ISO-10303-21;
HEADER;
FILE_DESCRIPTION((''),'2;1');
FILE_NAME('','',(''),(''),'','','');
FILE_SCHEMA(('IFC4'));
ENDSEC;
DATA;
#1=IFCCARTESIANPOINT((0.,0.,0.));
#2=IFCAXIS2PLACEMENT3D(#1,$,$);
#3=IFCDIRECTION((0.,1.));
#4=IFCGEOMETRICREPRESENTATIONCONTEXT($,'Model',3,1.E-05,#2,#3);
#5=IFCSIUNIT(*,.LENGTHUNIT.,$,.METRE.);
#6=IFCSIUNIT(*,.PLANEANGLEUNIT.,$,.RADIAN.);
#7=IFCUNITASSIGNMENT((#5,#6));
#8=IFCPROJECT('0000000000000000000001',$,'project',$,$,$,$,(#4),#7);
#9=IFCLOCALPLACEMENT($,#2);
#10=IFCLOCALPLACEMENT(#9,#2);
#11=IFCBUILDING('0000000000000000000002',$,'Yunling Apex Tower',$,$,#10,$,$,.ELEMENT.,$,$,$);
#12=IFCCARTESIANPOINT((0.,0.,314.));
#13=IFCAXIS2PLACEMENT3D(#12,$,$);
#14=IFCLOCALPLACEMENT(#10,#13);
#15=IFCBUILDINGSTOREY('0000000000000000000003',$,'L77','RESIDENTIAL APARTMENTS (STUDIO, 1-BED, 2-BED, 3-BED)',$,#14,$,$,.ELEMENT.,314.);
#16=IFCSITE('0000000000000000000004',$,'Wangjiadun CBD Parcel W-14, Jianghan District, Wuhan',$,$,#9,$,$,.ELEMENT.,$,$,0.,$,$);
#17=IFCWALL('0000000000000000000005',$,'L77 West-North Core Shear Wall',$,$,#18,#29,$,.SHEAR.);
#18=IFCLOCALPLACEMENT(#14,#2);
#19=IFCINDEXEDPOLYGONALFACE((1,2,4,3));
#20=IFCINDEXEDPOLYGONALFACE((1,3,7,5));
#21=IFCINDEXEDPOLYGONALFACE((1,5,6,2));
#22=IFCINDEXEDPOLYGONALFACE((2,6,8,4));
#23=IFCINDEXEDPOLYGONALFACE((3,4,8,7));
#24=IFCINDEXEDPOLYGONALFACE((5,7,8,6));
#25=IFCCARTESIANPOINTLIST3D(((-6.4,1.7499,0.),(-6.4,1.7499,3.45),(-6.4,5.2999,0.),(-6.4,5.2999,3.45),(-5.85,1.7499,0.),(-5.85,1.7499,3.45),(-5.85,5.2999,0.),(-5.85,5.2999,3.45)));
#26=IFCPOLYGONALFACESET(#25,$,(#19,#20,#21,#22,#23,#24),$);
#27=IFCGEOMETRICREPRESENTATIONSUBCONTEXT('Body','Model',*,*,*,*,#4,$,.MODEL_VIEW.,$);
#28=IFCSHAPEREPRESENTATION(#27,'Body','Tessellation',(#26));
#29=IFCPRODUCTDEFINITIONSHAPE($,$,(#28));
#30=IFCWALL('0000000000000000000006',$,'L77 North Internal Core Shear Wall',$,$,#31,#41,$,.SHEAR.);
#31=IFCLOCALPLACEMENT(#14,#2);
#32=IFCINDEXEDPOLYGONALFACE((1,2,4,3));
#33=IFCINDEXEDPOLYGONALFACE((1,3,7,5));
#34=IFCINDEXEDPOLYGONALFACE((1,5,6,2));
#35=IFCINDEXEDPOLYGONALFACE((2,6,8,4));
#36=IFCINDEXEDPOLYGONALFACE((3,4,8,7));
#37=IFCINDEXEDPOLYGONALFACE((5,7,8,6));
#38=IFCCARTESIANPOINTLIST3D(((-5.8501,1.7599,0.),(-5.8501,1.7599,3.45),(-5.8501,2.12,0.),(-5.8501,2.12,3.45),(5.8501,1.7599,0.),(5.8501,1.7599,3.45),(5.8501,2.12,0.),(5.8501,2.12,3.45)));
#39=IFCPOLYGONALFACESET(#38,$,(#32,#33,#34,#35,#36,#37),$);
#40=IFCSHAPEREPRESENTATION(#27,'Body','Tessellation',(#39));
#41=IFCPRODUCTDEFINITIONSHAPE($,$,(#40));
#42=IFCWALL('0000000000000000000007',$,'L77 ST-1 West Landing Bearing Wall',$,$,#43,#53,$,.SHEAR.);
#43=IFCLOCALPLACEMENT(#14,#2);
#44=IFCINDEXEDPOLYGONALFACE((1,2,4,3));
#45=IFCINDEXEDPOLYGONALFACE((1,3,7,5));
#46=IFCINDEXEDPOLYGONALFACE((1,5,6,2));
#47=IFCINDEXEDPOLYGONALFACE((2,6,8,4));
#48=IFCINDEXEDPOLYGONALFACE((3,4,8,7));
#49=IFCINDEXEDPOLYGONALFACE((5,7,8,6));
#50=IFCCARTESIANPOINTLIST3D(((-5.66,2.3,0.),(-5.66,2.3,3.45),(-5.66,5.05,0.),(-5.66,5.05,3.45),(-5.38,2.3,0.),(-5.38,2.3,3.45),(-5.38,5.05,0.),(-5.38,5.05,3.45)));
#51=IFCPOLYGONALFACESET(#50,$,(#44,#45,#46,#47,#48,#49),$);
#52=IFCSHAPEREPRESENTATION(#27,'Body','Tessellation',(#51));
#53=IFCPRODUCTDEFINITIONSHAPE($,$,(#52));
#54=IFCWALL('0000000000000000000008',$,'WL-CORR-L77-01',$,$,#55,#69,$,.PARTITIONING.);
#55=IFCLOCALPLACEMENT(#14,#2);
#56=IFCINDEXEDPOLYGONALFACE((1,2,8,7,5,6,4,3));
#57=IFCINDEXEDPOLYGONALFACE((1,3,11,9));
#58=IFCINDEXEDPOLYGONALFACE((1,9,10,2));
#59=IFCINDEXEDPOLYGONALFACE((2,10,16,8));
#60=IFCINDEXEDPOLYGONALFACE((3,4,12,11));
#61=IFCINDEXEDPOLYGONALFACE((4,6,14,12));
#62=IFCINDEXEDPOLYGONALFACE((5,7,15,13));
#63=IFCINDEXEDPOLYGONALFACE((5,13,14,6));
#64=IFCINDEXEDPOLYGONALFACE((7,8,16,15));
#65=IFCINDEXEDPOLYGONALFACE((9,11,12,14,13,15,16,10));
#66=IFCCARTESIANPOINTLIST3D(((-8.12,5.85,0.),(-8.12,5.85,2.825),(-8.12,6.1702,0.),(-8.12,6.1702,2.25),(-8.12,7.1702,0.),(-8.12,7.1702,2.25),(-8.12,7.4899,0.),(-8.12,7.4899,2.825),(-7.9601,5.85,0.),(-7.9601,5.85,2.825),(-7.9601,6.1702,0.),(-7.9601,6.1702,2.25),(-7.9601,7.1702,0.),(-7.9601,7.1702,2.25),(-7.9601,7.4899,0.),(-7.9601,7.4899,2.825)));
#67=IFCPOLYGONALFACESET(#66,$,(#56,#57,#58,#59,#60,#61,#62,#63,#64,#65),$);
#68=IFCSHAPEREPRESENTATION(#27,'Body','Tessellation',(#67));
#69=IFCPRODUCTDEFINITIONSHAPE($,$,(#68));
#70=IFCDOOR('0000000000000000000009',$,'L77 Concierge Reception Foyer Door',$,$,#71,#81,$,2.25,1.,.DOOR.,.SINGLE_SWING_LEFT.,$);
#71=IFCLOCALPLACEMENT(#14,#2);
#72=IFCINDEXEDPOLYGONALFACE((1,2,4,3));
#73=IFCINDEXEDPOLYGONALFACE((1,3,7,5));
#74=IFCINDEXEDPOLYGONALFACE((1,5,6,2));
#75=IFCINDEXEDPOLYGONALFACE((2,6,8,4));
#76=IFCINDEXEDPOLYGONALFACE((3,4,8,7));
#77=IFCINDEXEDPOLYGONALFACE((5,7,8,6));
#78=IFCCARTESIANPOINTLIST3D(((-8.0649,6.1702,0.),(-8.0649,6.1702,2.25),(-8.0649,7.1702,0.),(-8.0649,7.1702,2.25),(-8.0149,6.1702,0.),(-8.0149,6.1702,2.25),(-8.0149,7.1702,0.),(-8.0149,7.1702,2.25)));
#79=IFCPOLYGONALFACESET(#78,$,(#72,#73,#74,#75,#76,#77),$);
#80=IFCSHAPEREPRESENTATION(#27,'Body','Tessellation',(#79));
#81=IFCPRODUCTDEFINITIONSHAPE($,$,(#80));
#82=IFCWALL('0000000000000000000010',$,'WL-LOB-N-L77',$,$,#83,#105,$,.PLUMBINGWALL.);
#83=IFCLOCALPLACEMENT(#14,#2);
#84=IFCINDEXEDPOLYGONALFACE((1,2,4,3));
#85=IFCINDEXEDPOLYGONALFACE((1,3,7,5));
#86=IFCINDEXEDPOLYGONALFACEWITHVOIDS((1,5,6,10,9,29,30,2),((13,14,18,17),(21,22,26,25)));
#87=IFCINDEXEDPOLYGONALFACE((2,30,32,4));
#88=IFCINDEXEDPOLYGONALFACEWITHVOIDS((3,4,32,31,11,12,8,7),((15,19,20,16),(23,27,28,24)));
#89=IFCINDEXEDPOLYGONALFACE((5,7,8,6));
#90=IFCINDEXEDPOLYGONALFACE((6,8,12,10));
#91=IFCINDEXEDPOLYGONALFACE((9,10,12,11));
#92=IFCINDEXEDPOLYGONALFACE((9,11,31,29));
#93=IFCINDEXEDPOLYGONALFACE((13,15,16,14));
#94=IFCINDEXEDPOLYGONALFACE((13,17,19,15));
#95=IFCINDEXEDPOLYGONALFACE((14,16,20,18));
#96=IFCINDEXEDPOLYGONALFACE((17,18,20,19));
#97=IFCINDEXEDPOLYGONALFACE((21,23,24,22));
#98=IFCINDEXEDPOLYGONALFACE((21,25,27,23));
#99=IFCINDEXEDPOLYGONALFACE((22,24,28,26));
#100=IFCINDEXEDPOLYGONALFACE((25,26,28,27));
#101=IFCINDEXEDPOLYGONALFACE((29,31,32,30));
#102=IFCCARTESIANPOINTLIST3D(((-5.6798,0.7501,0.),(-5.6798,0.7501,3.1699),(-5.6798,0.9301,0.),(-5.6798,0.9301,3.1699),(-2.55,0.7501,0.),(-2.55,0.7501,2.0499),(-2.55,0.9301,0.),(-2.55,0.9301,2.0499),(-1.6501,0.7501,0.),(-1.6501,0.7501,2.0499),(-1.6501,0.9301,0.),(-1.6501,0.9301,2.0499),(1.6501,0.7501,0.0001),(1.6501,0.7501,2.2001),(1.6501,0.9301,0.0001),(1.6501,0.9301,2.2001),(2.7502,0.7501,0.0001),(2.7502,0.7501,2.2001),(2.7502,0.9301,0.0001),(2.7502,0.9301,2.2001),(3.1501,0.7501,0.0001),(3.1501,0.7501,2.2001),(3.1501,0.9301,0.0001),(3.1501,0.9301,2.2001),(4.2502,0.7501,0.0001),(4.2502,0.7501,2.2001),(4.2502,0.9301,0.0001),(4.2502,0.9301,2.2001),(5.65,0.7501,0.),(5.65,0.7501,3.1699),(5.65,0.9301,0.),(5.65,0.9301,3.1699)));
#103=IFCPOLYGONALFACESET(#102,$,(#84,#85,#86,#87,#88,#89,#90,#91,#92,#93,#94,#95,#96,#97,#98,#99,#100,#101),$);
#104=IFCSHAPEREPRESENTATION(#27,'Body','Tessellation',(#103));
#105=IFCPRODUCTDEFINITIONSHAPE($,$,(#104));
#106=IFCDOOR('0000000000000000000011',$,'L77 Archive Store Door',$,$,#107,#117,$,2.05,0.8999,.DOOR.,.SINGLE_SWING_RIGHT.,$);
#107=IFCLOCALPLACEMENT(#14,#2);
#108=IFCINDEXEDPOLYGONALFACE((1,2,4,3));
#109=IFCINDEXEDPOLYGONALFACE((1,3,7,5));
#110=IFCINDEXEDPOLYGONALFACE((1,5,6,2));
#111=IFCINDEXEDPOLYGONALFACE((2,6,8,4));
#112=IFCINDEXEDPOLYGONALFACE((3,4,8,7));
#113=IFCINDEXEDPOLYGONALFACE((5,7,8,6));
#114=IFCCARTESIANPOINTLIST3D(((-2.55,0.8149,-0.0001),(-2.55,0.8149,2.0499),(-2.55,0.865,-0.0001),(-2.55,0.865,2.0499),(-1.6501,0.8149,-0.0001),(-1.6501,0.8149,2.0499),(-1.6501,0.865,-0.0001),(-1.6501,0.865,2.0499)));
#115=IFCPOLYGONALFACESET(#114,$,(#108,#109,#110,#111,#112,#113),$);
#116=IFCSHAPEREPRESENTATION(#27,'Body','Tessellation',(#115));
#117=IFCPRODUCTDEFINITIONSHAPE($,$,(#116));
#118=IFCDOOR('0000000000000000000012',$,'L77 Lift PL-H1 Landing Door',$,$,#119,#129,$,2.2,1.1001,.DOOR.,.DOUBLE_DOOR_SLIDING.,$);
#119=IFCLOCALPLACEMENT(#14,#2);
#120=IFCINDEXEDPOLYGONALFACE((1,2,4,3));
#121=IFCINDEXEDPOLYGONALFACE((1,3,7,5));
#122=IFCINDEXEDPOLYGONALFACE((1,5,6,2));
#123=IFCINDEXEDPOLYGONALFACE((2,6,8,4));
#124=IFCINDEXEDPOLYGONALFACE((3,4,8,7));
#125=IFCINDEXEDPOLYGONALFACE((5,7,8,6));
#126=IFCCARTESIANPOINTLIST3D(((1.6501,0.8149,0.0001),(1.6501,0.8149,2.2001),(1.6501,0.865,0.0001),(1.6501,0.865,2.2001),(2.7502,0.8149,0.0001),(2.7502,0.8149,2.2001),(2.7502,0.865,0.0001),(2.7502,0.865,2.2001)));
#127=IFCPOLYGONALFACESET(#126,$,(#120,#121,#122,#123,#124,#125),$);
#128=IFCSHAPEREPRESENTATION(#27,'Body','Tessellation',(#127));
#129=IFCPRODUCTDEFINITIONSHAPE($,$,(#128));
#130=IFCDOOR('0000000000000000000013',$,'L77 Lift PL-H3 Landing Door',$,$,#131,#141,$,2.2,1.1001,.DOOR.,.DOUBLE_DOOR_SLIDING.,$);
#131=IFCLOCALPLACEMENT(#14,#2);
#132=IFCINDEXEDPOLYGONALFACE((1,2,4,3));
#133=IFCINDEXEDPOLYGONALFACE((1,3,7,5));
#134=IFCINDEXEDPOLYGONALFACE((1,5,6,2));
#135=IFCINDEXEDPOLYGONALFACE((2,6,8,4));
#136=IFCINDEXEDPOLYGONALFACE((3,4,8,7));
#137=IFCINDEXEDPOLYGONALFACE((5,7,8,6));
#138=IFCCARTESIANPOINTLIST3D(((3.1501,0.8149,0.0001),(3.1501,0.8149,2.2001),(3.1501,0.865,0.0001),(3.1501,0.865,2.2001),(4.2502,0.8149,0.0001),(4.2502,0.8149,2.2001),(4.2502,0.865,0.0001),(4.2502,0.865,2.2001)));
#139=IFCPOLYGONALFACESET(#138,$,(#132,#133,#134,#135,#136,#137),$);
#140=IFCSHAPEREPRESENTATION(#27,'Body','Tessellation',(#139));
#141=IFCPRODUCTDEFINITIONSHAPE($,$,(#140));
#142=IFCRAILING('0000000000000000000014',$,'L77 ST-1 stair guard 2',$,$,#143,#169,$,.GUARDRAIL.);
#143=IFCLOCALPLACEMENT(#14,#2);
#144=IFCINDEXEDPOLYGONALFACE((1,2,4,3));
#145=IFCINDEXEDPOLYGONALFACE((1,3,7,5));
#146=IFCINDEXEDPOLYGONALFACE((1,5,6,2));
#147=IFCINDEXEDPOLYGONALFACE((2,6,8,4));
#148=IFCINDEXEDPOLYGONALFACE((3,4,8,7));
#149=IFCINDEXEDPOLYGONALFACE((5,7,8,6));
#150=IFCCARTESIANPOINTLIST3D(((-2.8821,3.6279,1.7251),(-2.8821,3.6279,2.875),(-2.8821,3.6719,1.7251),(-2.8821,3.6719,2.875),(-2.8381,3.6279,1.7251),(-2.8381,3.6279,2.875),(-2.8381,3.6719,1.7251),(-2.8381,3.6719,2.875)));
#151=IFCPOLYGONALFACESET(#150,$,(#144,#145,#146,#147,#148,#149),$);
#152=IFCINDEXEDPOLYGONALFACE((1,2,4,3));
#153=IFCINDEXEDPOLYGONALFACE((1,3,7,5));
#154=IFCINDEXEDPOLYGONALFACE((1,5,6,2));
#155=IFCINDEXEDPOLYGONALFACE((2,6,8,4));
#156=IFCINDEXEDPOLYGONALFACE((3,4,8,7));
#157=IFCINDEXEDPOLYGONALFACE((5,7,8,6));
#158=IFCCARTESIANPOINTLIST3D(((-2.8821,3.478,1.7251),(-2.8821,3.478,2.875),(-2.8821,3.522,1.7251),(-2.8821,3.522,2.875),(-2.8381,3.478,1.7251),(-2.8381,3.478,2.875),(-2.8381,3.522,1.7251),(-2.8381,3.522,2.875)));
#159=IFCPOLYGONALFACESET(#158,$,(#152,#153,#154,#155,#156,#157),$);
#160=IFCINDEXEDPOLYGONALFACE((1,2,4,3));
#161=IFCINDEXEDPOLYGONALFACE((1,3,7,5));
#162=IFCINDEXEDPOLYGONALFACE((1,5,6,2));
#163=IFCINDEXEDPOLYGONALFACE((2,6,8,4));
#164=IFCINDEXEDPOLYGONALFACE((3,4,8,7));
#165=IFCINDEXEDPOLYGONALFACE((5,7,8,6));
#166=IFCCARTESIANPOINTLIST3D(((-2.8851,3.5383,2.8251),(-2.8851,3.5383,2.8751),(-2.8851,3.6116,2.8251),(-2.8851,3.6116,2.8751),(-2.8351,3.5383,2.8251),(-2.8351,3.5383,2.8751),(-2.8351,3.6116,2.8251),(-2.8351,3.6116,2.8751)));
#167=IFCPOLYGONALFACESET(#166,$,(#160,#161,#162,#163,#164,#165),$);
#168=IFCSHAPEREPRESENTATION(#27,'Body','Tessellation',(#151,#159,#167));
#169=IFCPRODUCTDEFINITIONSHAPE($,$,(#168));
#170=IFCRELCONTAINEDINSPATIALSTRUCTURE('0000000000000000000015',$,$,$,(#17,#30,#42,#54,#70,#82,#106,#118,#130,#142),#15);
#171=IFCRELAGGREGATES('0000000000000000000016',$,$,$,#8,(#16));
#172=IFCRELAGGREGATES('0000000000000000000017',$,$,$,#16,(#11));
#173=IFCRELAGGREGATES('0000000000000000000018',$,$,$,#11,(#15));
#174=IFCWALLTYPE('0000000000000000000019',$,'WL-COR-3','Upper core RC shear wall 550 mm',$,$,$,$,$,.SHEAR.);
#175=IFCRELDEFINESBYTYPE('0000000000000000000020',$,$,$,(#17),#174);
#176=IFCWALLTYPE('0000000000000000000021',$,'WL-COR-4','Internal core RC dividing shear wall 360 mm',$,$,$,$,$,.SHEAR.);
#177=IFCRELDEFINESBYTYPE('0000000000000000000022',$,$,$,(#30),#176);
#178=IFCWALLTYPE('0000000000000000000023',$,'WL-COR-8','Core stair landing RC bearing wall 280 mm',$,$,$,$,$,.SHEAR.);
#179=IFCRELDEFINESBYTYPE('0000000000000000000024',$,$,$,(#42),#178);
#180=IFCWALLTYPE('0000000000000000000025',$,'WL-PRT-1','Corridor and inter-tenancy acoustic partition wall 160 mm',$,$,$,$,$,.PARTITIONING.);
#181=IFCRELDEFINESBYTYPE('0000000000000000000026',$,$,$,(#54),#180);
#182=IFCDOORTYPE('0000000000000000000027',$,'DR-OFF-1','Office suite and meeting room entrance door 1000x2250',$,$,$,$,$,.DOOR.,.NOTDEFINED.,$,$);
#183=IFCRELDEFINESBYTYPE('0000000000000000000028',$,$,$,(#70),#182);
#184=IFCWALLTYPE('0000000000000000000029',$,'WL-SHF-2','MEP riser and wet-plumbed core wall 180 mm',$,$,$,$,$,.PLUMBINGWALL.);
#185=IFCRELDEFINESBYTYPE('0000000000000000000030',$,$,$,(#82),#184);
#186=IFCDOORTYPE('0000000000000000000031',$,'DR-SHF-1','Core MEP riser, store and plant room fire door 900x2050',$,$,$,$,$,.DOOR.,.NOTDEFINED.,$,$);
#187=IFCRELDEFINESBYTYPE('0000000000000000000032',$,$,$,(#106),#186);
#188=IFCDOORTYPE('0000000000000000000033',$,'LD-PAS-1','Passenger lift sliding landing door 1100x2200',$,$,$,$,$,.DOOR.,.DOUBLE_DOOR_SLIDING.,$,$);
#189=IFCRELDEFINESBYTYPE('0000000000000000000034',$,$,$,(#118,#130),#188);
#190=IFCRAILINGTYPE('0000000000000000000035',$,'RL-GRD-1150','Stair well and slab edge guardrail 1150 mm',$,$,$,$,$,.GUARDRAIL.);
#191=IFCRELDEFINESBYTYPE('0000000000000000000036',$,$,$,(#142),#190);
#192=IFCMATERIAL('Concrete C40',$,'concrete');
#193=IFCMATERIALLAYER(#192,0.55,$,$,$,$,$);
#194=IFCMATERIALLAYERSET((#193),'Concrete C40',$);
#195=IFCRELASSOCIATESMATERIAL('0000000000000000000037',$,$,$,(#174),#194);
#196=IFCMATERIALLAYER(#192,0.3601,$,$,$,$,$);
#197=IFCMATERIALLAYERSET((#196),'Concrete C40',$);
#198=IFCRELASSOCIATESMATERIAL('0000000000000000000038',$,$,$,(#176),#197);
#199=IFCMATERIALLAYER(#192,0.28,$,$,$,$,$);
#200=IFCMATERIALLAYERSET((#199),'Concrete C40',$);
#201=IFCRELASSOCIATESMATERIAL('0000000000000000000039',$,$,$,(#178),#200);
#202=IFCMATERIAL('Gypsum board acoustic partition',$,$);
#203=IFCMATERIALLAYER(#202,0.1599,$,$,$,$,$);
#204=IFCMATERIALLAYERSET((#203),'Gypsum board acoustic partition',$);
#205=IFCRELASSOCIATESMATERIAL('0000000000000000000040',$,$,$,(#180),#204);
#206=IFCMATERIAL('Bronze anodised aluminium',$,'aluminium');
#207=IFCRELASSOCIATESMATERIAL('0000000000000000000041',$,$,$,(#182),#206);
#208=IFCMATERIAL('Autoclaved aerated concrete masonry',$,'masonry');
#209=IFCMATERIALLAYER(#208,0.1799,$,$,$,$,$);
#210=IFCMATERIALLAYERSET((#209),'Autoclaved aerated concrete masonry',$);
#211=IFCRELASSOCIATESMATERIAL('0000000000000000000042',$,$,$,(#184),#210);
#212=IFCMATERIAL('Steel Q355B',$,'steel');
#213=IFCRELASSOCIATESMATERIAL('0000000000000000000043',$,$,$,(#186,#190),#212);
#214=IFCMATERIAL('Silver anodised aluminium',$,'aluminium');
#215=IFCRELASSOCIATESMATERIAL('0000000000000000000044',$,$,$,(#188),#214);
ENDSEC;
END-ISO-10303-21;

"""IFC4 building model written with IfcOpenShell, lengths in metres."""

from ifc_helpers import new_model, si_unit, direction, frame, frame_2d, origin, origin_2d, place, context, subcontext, project, spatial, rectangle, extrude, material, layer, layer_set, type_object, element, fill, save


model = new_model("IFC4")

# Units and contexts
model_context = context("Model", 3, precision=1e-05, world=origin(), true_north=direction((0.0, 1.0)))
body_context = subcontext(model_context, "Body", "Model", "MODEL_VIEW")
ifc_project = project(units=[si_unit("LENGTHUNIT", "METRE"), si_unit("PLANEANGLEUNIT", "RADIAN")], contexts=[model_context])

# Site, building, storey
site_placement = place(None, origin())
site = spatial("IfcSite", under=ifc_project, at=site_placement, Name="Wangjiadun CBD Parcel W-14, Jianghan District, Wuhan", CompositionType="ELEMENT", RefElevation=0.0)
building_placement = place(site_placement, origin())
building = spatial("IfcBuilding", under=site, at=building_placement, Name="Yunling Apex Tower", CompositionType="ELEMENT")
storey_placement = place(building_placement, frame((0.0, 0.0, 314.0)))
storey = spatial("IfcBuildingStorey", under=building, at=storey_placement, Name="L77", Description="RESIDENTIAL APARTMENTS (STUDIO, 1-BED, 2-BED, 3-BED)", CompositionType="ELEMENT", Elevation=314.0)

# Shared definitions
ifc_material_1 = material(Name="Steel Q355B", Category="steel")

# Shared definitions
ifc_material_2 = material(Name="Concrete C40", Category="concrete")
ifc_layer_1 = layer(ifc_material_2, 0.55)
ifc_layer_set_1 = layer_set([ifc_layer_1], Name="Concrete C40")
wall_type_1 = type_object("IfcWallType", Name="WL-COR-3", Description="Upper core RC shear wall 550 mm", PredefinedType="SHEAR", material=ifc_layer_set_1)

# Walls
wall_1_placement = place(storey_placement, frame((-6.125, 1.75, 0.0), z_axis=(0.0, 0.0, 1.0), x_axis=(0.0, 1.0, 0.0)))
element("IfcWall", 1, at=wall_1_placement, inside=storey, type_object=wall_type_1, Name="L77 West-North Core Shear Wall", PredefinedType="SHEAR", context=body_context, shape_type="SweptSolid", body=[
    extrude(rectangle(XDim=3.55, YDim=0.55, at=frame_2d((1.7749, 0.0))), origin(), (0.0, 0.0, 1.0), 3.45),
])
ifc_layer_2 = layer(ifc_material_2, 0.3601)
ifc_layer_set_2 = layer_set([ifc_layer_2], Name="Concrete C40")
wall_type_2 = type_object("IfcWallType", Name="WL-COR-4", Description="Internal core RC dividing shear wall 360 mm", PredefinedType="SHEAR", material=ifc_layer_set_2)
wall_2_placement = place(storey_placement, frame((-5.8501, 1.9399, 0.0), z_axis=(0.0, 0.0, 1.0), x_axis=(1.0, 0.0, 0.0)))
element("IfcWall", 2, at=wall_2_placement, inside=storey, type_object=wall_type_2, Name="L77 North Internal Core Shear Wall", PredefinedType="SHEAR", context=body_context, shape_type="SweptSolid", body=[
    extrude(rectangle(XDim=11.7002, YDim=0.3601, at=frame_2d((5.8501, 0.0))), origin(), (0.0, 0.0, 1.0), 3.45),
])
ifc_layer_3 = layer(ifc_material_2, 0.28)
ifc_layer_set_3 = layer_set([ifc_layer_3], Name="Concrete C40")
wall_type_3 = type_object("IfcWallType", Name="WL-COR-8", Description="Core stair landing RC bearing wall 280 mm", PredefinedType="SHEAR", material=ifc_layer_set_3)
wall_3_placement = place(storey_placement, frame((-5.52, 2.3, 0.0), z_axis=(0.0, 0.0, 1.0), x_axis=(0.0, 1.0, 0.0)))
element("IfcWall", 3, at=wall_3_placement, inside=storey, type_object=wall_type_3, Name="L77 ST-1 West Landing Bearing Wall", PredefinedType="SHEAR", context=body_context, shape_type="SweptSolid", body=[
    extrude(rectangle(XDim=2.75, YDim=0.28, at=frame_2d((1.375, 0.0))), origin(), (0.0, 0.0, 1.0), 3.45),
])

# Wall, opening, door
ifc_material_3 = material(Name="Gypsum board acoustic partition")
ifc_layer_4 = layer(ifc_material_3, 0.1599)
ifc_layer_set_4 = layer_set([ifc_layer_4], Name="Gypsum board acoustic partition")
wall_type_4 = type_object("IfcWallType", Name="WL-PRT-1", Description="Corridor and inter-tenancy acoustic partition wall 160 mm", PredefinedType="PARTITIONING", material=ifc_layer_set_4)
wall_4_placement = place(storey_placement, frame((-8.04, 5.8501, 0.0), z_axis=(0.0, 0.0, 1.0), x_axis=(0.0, 1.0, 0.0)))
wall_4 = element("IfcWall", 4, at=wall_4_placement, inside=storey, type_object=wall_type_4, Name="WL-CORR-L77-01", PredefinedType="PARTITIONING", context=body_context, shape_type="SweptSolid", body=[
    extrude(rectangle(XDim=1.6399, YDim=0.1599, at=frame_2d((0.8198, 0.0))), origin(), (0.0, 0.0, 1.0), 2.825),
])
opening_1_placement = place(wall_4_placement, frame((0.3201, 0.0, 0.0)))
opening_1 = element("IfcOpeningElement", 5, at=opening_1_placement, cuts=wall_4, PredefinedType="OPENING", context=body_context, shape_type="SweptSolid", body=[
    extrude(rectangle(XDim=1.0, YDim=2.25, at=frame_2d((0.5, 1.125))), frame((0.0, 0.0898, 0.0), z_axis=(0.0, -1.0, 0.0), x_axis=(1.0, 0.0, 0.0)), (0.0, 0.0, 1.0), 0.1799),
])
ifc_material_4 = material(Name="Bronze anodised aluminium", Category="aluminium")
door_type_1 = type_object("IfcDoorType", Name="DR-OFF-1", Description="Office suite and meeting room entrance door 1000x2250", OperationType="NOTDEFINED", PredefinedType="DOOR", material=ifc_material_4)
door_1_placement = place(opening_1_placement, origin())
door_1 = element("IfcDoor", 6, at=door_1_placement, inside=storey, type_object=door_type_1, Name="L77 Concierge Reception Foyer Door", OperationType="SINGLE_SWING_LEFT", OverallHeight=2.25, OverallWidth=1.0, PredefinedType="DOOR", context=body_context, shape_type="SweptSolid", body=[
    extrude(rectangle(XDim=1.0, YDim=2.25, at=frame_2d((0.5, 1.125))), frame((0.0, 0.0249, 0.0), z_axis=(0.0, -1.0, 0.0), x_axis=(1.0, 0.0, 0.0)), (0.0, 0.0, 1.0), 0.05),
])
fill(opening_1, door_1)

# Wall, openings, doors
ifc_material_5 = material(Name="Autoclaved aerated concrete masonry", Category="masonry")
ifc_layer_5 = layer(ifc_material_5, 0.1799)
ifc_layer_set_5 = layer_set([ifc_layer_5], Name="Autoclaved aerated concrete masonry")
wall_type_5 = type_object("IfcWallType", Name="WL-SHF-2", Description="MEP riser and wet-plumbed core wall 180 mm", PredefinedType="PLUMBINGWALL", material=ifc_layer_set_5)
wall_5_placement = place(storey_placement, frame((-5.6799, 0.8401, 0.0), z_axis=(0.0, 0.0, 1.0), x_axis=(1.0, 0.0, 0.0)))
wall_5 = element("IfcWall", 7, at=wall_5_placement, inside=storey, type_object=wall_type_5, Name="WL-LOB-N-L77", PredefinedType="PLUMBINGWALL", context=body_context, shape_type="SweptSolid", body=[
    extrude(rectangle(XDim=11.3298, YDim=0.1799, at=frame_2d((5.665, 0.0))), origin(), (0.0, 0.0, 1.0), 3.1699),
])
opening_2_placement = place(wall_5_placement, frame((3.1299, 0.0, 0.0)))
opening_2 = element("IfcOpeningElement", 8, at=opening_2_placement, cuts=wall_5, PredefinedType="OPENING", context=body_context, shape_type="SweptSolid", body=[
    extrude(rectangle(XDim=0.8999, YDim=2.05, at=frame_2d((0.45, 1.0249))), frame((0.0, 0.1001, 0.0), z_axis=(0.0, -1.0, 0.0), x_axis=(1.0, 0.0, 0.0)), (0.0, 0.0, 1.0), 0.2),
])
opening_3_placement = place(wall_5_placement, frame((7.3301, 0.0, 0.0)))
opening_3 = element("IfcOpeningElement", 9, at=opening_3_placement, cuts=wall_5, PredefinedType="OPENING", context=body_context, shape_type="SweptSolid", body=[
    extrude(rectangle(XDim=1.1001, YDim=2.2, at=frame_2d((0.55, 1.1001))), frame((0.0, 0.1001, 0.0), z_axis=(0.0, -1.0, 0.0), x_axis=(1.0, 0.0, 0.0)), (0.0, 0.0, 1.0), 0.2),
])
opening_4_placement = place(wall_5_placement, frame((8.8301, 0.0, 0.0)))
opening_4 = element("IfcOpeningElement", 10, at=opening_4_placement, cuts=wall_5, PredefinedType="OPENING", context=body_context, shape_type="SweptSolid", body=[
    extrude(rectangle(XDim=1.1001, YDim=2.2, at=frame_2d((0.55, 1.1001))), frame((0.0, 0.1001, 0.0), z_axis=(0.0, -1.0, 0.0), x_axis=(1.0, 0.0, 0.0)), (0.0, 0.0, 1.0), 0.2),
])
door_type_2 = type_object("IfcDoorType", Name="DR-SHF-1", Description="Core MEP riser, store and plant room fire door 900x2050", OperationType="NOTDEFINED", PredefinedType="DOOR", material=ifc_material_1)
door_2_placement = place(opening_2_placement, origin())
door_2 = element("IfcDoor", 11, at=door_2_placement, inside=storey, type_object=door_type_2, Name="L77 Archive Store Door", OperationType="SINGLE_SWING_RIGHT", OverallHeight=2.05, OverallWidth=0.8999, PredefinedType="DOOR", context=body_context, shape_type="SweptSolid", body=[
    extrude(rectangle(XDim=0.8999, YDim=2.05, at=frame_2d((0.45, 1.0249))), frame((0.0, 0.0249, 0.0), z_axis=(0.0, -1.0, 0.0), x_axis=(1.0, 0.0, 0.0)), (0.0, 0.0, 1.0), 0.05),
])
fill(opening_2, door_2)
ifc_material_6 = material(Name="Silver anodised aluminium", Category="aluminium")
door_type_3 = type_object("IfcDoorType", Name="LD-PAS-1", Description="Passenger lift sliding landing door 1100x2200", OperationType="DOUBLE_DOOR_SLIDING", PredefinedType="DOOR", material=ifc_material_6)
door_3_placement = place(opening_3_placement, origin())
door_3 = element("IfcDoor", 12, at=door_3_placement, inside=storey, type_object=door_type_3, Name="L77 Lift PL-H1 Landing Door", OperationType="DOUBLE_DOOR_SLIDING", OverallHeight=2.2, OverallWidth=1.1001, PredefinedType="DOOR", context=body_context, shape_type="SweptSolid", body=[
    extrude(rectangle(XDim=1.1001, YDim=2.2, at=frame_2d((0.55, 1.1001))), frame((0.0, 0.0249, 0.0), z_axis=(0.0, -1.0, 0.0), x_axis=(1.0, 0.0, 0.0)), (0.0, 0.0, 1.0), 0.05),
])
fill(opening_3, door_3)
door_4_placement = place(opening_4_placement, origin())
door_4 = element("IfcDoor", 13, at=door_4_placement, inside=storey, type_object=door_type_3, Name="L77 Lift PL-H3 Landing Door", OperationType="DOUBLE_DOOR_SLIDING", OverallHeight=2.2, OverallWidth=1.1001, PredefinedType="DOOR", context=body_context, shape_type="SweptSolid", body=[
    extrude(rectangle(XDim=1.1001, YDim=2.2, at=frame_2d((0.55, 1.1001))), frame((0.0, 0.0249, 0.0), z_axis=(0.0, -1.0, 0.0), x_axis=(1.0, 0.0, 0.0)), (0.0, 0.0, 1.0), 0.05),
])
fill(opening_4, door_4)

# Railing
railing_type_1 = type_object("IfcRailingType", Name="RL-GRD-1150", Description="Stair well and slab edge guardrail 1150 mm", PredefinedType="GUARDRAIL", material=ifc_material_1)
railing_1_placement = place(storey_placement, frame((-2.8601, 3.6499, 1.7251)))
element("IfcRailing", 14, at=railing_1_placement, inside=storey, type_object=railing_type_1, Name="L77 ST-1 stair guard 2", PredefinedType="GUARDRAIL", context=body_context, shape_type="SweptSolid", body=[
    extrude(rectangle(XDim=0.0439, YDim=0.0439, at=origin_2d()), origin(), (0.0, 0.0, 1.0), 1.1499),
    extrude(rectangle(XDim=0.0439, YDim=0.0439, at=origin_2d()), frame((0.0, -0.1499, 0.0)), (0.0, 0.0, 1.0), 1.1499),
    extrude(rectangle(XDim=0.05, YDim=0.05, at=origin_2d()), frame((0.0, -0.0383, 1.125), z_axis=(0.0, -1.0, 0.0), x_axis=(1.0, 0.0, 0.0)), (0.0, 0.0, 1.0), 0.0732),
])

save(model, "model.ifc")
